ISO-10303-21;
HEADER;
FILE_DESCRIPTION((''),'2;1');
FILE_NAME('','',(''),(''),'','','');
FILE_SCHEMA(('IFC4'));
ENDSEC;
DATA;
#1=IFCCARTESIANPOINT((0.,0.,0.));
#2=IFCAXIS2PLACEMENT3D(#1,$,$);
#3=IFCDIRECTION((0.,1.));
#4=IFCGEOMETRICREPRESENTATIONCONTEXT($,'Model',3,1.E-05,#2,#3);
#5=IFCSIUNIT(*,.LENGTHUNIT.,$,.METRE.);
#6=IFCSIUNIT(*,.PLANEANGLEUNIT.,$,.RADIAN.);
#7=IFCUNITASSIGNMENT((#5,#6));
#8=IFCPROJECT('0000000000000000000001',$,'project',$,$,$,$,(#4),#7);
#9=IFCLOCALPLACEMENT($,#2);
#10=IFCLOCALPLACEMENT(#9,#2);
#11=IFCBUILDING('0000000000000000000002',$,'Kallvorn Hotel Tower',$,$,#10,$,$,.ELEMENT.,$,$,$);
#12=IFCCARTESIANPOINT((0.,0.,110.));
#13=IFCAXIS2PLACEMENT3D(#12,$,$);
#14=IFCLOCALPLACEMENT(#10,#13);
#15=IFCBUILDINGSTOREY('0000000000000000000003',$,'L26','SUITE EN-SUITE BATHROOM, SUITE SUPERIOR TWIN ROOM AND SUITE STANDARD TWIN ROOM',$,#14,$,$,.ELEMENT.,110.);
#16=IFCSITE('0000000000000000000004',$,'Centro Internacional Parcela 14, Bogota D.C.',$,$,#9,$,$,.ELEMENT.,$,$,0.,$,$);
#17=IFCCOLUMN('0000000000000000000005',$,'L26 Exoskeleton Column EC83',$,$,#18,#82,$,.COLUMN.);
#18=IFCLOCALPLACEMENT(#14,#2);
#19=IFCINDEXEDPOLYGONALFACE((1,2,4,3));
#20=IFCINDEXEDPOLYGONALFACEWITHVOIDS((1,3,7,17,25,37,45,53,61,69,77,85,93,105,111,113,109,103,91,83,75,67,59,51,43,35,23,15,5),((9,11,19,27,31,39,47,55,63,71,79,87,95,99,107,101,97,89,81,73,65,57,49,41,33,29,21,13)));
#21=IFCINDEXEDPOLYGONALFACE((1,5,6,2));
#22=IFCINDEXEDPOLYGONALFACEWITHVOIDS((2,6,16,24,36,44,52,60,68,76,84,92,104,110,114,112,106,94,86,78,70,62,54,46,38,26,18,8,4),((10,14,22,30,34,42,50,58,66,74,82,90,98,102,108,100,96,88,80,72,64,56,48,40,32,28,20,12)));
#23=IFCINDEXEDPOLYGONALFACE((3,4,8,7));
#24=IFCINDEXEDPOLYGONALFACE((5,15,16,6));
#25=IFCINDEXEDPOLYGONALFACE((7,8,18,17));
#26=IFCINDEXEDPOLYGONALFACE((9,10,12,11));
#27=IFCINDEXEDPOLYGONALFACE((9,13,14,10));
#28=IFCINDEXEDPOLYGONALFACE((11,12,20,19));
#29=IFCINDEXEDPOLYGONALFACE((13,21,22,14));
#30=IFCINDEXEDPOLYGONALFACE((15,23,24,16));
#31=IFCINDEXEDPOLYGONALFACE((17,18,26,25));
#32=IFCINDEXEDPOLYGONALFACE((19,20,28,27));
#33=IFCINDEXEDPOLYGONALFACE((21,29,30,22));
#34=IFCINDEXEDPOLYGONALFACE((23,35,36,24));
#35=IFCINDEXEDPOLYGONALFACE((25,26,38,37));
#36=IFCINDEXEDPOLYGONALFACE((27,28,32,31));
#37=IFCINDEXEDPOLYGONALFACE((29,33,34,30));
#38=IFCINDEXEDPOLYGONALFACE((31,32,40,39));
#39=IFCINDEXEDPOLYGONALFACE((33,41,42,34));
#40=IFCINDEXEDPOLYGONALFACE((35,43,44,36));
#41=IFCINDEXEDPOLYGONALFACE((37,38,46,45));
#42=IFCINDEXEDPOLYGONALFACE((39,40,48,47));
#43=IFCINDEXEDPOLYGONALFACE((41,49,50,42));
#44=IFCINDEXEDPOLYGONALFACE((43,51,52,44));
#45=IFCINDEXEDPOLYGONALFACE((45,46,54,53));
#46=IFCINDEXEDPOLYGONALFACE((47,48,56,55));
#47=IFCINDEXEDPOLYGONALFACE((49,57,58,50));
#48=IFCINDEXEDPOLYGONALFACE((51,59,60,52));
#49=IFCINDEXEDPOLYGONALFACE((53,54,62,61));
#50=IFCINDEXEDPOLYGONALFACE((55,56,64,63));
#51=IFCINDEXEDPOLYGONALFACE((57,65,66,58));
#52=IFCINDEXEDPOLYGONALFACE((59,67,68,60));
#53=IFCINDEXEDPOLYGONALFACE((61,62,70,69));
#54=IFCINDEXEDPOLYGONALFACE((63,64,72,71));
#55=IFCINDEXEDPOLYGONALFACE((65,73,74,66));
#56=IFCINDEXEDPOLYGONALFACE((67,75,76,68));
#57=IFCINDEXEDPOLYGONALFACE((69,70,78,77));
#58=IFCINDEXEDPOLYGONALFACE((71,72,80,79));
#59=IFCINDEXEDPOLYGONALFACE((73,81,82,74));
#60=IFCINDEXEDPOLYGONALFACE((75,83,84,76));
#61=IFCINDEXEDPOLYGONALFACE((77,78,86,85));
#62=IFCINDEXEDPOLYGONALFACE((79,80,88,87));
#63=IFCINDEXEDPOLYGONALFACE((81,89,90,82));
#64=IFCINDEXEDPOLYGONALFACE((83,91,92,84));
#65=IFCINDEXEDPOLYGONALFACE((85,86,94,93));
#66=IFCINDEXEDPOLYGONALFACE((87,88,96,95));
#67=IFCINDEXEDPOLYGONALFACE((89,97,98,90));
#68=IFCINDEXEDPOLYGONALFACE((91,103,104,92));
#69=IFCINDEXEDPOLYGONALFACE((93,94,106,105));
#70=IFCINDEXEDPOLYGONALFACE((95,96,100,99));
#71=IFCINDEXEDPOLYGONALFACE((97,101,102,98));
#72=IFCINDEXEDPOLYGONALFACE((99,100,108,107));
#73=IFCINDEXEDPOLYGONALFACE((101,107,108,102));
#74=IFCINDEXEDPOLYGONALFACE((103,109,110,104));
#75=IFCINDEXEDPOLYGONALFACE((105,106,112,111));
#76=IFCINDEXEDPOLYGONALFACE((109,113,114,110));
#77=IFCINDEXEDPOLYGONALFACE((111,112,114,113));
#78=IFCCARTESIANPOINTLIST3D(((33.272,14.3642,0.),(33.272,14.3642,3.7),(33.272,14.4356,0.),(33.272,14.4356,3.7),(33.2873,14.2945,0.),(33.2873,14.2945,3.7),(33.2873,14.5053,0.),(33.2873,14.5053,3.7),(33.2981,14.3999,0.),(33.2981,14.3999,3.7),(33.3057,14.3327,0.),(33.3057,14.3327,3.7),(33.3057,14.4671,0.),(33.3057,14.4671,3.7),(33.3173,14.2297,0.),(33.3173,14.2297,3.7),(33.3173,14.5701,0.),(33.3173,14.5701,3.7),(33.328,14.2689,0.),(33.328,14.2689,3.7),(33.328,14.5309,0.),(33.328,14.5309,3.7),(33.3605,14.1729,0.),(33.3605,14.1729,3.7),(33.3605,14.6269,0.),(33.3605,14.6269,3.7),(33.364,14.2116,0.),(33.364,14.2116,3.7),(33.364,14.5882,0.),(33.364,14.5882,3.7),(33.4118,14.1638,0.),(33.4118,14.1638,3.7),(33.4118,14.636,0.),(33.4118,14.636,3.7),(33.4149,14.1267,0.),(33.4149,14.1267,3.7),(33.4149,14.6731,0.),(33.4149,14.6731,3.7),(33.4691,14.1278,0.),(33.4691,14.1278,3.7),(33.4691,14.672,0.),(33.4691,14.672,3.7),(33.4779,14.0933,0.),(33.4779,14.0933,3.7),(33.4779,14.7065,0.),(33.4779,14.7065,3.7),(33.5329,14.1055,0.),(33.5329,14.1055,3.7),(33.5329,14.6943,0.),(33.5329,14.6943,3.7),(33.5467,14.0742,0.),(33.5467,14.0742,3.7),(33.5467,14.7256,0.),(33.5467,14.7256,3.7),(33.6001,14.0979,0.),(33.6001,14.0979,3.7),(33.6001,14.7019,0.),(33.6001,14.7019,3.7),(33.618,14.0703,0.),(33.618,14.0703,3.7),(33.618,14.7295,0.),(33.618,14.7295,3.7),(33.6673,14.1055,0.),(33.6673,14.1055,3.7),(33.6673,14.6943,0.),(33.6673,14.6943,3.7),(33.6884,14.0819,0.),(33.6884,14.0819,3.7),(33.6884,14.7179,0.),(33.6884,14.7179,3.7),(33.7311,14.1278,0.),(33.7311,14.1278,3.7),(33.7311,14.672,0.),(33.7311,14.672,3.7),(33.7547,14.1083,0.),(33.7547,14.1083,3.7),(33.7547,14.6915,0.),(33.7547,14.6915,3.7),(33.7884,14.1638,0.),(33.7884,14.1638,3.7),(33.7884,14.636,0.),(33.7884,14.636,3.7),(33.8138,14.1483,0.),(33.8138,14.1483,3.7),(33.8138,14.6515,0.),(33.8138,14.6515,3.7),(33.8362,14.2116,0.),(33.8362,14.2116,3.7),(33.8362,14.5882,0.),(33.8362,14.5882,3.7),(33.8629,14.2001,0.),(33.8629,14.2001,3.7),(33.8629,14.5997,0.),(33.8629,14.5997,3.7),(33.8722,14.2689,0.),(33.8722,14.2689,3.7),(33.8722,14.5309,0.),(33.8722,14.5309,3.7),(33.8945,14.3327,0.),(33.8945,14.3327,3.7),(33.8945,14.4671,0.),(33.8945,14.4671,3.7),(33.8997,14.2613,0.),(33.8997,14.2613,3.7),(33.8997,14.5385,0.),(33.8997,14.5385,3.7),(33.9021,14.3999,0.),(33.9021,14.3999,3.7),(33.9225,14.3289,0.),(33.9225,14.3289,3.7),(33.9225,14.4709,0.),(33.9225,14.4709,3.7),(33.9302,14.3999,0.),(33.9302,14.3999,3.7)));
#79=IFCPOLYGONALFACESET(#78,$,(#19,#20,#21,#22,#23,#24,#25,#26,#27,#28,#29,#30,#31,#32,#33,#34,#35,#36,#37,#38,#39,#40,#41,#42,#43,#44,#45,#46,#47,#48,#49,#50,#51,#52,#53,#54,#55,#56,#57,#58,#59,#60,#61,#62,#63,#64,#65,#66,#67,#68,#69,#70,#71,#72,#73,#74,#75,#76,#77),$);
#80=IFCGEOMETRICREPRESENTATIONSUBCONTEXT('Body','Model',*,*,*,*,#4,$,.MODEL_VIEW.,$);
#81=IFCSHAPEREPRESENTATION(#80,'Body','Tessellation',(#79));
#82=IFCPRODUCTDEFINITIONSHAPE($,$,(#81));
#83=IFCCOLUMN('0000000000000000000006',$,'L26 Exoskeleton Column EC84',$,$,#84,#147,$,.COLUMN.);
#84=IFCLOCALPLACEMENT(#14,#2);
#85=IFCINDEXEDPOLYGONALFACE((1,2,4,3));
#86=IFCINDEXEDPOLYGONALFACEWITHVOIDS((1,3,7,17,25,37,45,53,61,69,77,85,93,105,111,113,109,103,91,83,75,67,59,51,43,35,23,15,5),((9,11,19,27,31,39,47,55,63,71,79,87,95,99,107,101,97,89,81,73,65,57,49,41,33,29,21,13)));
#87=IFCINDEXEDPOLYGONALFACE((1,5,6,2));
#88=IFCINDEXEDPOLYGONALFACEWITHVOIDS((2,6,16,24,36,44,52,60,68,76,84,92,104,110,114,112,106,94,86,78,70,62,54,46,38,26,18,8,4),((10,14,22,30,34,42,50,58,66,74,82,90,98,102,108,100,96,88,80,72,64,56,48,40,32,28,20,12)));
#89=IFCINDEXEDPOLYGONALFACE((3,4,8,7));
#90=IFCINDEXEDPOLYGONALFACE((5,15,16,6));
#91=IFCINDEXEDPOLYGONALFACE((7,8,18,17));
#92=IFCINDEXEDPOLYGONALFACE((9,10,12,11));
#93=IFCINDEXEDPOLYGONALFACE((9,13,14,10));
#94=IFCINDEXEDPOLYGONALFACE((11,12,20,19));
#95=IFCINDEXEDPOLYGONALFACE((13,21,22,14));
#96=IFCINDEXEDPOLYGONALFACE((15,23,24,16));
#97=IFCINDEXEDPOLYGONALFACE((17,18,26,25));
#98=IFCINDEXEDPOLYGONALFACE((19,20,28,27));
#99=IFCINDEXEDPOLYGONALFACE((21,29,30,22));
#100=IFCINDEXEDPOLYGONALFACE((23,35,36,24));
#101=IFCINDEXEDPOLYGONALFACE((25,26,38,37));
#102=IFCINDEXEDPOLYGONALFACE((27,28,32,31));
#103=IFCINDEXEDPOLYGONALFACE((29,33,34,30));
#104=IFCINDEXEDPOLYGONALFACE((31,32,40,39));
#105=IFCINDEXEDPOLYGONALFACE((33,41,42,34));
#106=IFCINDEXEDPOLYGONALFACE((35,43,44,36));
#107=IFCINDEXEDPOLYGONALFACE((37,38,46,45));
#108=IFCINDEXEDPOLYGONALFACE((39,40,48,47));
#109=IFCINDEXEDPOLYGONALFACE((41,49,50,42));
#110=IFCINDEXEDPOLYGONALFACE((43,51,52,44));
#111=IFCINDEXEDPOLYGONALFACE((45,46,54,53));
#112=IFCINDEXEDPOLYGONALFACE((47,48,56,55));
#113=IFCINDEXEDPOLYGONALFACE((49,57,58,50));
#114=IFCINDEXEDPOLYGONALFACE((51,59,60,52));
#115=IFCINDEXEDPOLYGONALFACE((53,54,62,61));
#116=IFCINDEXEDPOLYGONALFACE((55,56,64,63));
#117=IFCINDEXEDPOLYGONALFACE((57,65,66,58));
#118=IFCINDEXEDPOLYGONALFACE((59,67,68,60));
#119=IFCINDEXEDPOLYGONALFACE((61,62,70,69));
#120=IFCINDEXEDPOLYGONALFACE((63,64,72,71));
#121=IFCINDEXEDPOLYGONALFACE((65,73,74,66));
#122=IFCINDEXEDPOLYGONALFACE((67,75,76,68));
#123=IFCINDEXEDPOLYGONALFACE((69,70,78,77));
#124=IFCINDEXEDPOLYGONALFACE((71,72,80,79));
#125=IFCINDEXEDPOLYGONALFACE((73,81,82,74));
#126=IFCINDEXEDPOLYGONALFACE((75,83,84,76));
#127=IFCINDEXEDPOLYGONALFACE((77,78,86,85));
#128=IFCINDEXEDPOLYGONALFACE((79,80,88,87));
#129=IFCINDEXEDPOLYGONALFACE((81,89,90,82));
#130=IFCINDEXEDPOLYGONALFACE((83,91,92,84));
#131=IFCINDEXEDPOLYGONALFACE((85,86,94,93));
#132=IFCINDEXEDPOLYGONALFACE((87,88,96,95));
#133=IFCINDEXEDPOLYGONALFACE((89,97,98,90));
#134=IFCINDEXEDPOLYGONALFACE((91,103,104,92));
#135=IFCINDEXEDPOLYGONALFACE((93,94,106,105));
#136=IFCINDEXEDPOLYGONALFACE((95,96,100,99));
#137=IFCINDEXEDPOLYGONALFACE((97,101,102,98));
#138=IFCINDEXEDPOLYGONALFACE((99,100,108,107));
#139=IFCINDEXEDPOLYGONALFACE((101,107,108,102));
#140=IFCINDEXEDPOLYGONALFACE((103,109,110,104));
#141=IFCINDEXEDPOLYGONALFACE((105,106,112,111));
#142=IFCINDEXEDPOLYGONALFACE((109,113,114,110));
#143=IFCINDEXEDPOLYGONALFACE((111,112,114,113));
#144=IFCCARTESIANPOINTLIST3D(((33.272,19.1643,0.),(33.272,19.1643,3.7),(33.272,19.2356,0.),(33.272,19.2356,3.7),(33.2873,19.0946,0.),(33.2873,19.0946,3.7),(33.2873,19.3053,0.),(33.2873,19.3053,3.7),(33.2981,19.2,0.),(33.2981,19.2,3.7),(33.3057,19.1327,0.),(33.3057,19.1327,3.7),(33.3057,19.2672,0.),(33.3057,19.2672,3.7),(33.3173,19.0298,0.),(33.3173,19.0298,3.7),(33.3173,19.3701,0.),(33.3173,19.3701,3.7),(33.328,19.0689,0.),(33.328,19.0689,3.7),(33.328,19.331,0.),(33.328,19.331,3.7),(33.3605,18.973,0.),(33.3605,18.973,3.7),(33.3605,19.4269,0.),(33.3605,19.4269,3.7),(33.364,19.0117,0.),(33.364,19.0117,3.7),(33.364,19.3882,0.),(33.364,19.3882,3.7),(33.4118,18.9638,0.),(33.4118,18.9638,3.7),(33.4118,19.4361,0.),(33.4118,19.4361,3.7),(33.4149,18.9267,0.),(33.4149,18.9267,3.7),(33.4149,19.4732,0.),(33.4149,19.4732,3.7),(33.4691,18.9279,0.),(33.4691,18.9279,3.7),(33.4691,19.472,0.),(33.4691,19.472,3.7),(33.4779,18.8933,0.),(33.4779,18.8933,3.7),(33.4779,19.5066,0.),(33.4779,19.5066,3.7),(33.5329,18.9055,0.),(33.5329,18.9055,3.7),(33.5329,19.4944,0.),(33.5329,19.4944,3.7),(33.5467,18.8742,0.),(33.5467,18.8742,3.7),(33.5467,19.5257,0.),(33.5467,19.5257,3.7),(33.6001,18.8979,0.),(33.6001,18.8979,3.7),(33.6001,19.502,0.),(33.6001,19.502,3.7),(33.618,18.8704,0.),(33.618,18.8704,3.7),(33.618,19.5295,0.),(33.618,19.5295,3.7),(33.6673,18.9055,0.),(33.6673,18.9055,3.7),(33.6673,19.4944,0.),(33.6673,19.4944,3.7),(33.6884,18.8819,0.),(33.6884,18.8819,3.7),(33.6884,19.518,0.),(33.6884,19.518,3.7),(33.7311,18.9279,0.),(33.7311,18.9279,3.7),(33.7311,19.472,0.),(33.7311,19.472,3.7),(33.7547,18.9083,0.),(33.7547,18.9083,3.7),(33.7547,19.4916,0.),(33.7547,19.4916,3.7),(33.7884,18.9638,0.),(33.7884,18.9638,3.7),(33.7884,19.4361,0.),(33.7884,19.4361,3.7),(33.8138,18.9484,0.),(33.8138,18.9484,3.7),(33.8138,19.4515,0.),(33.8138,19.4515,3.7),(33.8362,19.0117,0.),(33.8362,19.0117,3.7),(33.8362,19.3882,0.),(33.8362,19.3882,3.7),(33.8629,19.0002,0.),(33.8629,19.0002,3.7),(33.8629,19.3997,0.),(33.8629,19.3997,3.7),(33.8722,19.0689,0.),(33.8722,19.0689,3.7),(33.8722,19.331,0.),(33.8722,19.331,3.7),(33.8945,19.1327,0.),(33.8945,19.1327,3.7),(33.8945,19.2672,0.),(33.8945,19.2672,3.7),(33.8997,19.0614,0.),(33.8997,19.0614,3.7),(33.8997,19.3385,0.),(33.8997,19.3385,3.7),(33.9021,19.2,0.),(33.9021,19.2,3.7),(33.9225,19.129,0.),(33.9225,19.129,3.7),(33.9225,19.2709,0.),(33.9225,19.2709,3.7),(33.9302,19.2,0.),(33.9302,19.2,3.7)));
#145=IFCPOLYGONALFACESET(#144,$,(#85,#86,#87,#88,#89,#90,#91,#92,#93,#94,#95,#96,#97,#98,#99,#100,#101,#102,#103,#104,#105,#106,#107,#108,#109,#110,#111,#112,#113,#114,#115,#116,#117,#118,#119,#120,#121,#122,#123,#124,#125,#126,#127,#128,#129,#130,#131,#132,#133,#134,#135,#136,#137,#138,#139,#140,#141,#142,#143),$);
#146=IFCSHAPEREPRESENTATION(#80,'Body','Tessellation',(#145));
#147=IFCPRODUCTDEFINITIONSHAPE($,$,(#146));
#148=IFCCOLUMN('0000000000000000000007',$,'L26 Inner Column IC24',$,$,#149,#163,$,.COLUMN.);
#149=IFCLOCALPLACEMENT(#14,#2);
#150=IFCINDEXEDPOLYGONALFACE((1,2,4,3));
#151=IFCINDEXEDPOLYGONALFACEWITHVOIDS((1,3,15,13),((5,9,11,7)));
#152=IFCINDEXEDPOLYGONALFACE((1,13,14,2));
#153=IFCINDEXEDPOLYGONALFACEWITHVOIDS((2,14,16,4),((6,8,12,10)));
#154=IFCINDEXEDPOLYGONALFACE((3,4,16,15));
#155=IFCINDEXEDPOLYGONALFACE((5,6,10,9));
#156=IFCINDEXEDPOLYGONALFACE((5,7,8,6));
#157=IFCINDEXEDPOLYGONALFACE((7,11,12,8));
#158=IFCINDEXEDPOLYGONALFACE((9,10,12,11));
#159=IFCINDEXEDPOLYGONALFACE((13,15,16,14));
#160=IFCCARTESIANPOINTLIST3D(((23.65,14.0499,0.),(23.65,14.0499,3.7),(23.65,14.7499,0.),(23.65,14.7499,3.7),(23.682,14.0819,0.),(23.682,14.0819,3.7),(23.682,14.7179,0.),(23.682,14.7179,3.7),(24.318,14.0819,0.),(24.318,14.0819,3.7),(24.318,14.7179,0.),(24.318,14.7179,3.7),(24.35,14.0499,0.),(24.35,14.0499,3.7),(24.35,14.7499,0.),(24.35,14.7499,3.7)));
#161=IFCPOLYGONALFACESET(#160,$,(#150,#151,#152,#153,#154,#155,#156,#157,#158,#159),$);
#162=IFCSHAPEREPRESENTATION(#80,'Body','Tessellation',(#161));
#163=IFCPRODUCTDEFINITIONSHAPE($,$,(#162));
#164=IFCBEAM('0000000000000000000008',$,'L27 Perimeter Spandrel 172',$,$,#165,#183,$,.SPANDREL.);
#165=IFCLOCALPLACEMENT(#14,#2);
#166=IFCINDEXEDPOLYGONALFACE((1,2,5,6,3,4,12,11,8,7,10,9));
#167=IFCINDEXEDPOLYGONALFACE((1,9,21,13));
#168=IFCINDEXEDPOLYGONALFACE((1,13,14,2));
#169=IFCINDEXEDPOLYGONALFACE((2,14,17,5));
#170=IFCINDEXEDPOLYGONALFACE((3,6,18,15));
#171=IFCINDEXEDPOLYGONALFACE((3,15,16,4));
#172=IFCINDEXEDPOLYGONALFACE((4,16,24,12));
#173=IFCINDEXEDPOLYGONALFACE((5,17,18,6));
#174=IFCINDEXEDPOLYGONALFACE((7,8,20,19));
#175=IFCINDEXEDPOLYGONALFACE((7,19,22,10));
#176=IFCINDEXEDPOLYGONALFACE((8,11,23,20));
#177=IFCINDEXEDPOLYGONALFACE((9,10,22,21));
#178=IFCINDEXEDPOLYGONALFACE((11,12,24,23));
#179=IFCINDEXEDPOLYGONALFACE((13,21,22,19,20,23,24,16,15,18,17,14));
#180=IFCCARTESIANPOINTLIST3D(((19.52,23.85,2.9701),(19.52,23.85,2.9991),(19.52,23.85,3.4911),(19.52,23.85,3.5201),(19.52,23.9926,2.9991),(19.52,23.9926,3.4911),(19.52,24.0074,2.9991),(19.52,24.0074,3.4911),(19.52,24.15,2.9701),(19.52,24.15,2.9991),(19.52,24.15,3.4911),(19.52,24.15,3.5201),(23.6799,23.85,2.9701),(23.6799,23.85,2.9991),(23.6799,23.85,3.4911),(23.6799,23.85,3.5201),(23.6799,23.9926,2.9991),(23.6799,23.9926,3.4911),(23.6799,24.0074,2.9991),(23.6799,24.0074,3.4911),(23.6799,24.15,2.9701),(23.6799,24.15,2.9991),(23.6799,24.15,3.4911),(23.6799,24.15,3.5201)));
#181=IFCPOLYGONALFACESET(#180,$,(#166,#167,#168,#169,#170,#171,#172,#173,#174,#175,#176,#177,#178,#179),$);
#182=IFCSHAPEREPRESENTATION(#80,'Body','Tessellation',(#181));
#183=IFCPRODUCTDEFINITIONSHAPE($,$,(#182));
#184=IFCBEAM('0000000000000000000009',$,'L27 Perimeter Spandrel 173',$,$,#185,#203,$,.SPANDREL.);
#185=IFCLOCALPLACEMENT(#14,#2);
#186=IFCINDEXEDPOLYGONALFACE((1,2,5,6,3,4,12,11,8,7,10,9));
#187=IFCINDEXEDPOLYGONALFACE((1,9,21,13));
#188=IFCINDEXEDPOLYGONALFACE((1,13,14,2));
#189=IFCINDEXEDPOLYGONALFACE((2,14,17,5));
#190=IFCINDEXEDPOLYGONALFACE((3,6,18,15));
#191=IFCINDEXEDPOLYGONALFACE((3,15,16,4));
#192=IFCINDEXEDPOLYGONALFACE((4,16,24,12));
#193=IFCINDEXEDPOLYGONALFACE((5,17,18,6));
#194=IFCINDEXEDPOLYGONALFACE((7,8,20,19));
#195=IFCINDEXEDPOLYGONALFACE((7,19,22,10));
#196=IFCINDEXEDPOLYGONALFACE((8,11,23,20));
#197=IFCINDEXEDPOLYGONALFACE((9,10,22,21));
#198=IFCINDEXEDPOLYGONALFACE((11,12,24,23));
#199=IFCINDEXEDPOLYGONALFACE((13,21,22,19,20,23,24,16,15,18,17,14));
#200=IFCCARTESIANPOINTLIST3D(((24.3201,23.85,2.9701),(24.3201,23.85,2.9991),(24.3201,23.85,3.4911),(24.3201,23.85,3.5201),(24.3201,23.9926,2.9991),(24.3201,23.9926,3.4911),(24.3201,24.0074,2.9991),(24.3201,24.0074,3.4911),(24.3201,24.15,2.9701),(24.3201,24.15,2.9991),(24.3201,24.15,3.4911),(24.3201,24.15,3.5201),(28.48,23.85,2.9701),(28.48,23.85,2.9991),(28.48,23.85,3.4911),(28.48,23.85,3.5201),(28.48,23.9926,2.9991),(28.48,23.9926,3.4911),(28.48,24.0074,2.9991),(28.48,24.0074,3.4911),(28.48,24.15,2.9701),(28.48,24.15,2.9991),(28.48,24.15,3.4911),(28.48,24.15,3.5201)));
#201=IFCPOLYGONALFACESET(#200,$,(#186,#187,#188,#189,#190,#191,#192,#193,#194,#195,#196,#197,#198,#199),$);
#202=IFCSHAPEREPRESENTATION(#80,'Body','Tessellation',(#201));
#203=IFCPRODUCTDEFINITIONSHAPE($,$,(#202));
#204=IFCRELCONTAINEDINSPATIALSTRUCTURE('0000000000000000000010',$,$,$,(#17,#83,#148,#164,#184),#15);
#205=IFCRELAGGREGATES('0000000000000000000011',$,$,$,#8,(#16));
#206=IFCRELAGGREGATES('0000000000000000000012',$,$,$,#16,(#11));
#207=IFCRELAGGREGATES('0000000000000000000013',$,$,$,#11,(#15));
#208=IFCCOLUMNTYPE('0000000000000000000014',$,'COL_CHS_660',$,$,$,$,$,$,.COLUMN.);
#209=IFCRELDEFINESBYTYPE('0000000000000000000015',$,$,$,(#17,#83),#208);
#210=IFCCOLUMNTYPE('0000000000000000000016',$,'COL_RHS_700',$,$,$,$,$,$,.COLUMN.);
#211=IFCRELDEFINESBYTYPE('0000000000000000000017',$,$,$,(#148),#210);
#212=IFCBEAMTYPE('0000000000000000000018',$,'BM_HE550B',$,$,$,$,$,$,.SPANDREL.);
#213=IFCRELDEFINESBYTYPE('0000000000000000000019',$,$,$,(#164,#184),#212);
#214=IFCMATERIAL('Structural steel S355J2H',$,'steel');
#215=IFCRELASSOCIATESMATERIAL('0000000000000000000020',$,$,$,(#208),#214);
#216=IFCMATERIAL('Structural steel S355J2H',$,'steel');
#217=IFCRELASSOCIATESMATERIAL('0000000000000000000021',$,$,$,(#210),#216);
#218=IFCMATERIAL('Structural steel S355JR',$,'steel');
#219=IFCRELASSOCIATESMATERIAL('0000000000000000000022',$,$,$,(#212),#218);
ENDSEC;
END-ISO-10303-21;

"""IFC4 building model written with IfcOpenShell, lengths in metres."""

from ifc_helpers import new_model, si_unit, direction, frame, origin, origin_2d, place, context, subcontext, project, spatial, hollow_rectangle, hollow_circle, i_section, extrude, material, material_profile, profile_set, type_object, element, save


model = new_model("IFC4")

# Units and contexts
model_context = context("Model", 3, precision=1e-05, world=origin(), true_north=direction((0.0, 1.0)))
body_context = subcontext(model_context, "Body", "Model", "MODEL_VIEW")
ifc_project = project(units=[si_unit("LENGTHUNIT", "METRE"), si_unit("PLANEANGLEUNIT", "RADIAN")], contexts=[model_context])

# Site, building, storey
site_placement = place(None, origin())
site = spatial("IfcSite", under=ifc_project, at=site_placement, Name="Centro Internacional Parcela 14, Bogota D.C.", CompositionType="ELEMENT", RefElevation=0.0)
building_placement = place(site_placement, origin())
building = spatial("IfcBuilding", under=site, at=building_placement, Name="Kallvorn Hotel Tower", CompositionType="ELEMENT")
storey_placement = place(building_placement, frame((0.0, 0.0, 110.0)))
storey = spatial("IfcBuildingStorey", under=building, at=storey_placement, Name="L26", Description="SUITE EN-SUITE BATHROOM, SUITE SUPERIOR TWIN ROOM AND SUITE STANDARD TWIN ROOM", CompositionType="ELEMENT", Elevation=110.0)

# Columns
ifc_material_1 = material(Name="Structural steel S355J2H", Category="steel")
ifc_material_profile_1 = material_profile(ifc_material_1, hollow_circle(Radius=0.3301, WallThickness=0.0281, at=origin_2d()), Name="CHS 660x28")
ifc_profile_set_1 = profile_set([ifc_material_profile_1], Name="Structural steel S355J2H")
column_type_1 = type_object("IfcColumnType", Name="COL_CHS_660", PredefinedType="COLUMN", material=ifc_profile_set_1)
for number, where, z_axis, x_axis, name in (
    (1, (33.6001, 14.3999, 0.0), (0.0, 0.0, 1.0), (1.0, 0.0, 0.0), "L26 Exoskeleton Column EC83"),
    (2, (33.6001, 19.2, 0.0), (0.0, 0.0, 1.0), (1.0, 0.0, 0.0), "L26 Exoskeleton Column EC84"),
):
    element("IfcColumn", number, at=place(storey_placement, frame(where, z_axis=z_axis, x_axis=x_axis)), inside=storey, type_object=column_type_1, Name=name, PredefinedType="COLUMN", context=body_context, shape_type="SweptSolid", body=[
        extrude(hollow_circle(Radius=0.3301, WallThickness=0.0281, at=origin_2d()), origin(), (0.0, 0.0, 1.0), 3.7),
    ])
ifc_material_2 = material(Name="Structural steel S355J2H", Category="steel")
ifc_material_profile_2 = material_profile(ifc_material_2, hollow_rectangle(XDim=0.7, YDim=0.7, WallThickness=0.032, at=origin_2d()), Name="RHS 700x700x32")
ifc_profile_set_2 = profile_set([ifc_material_profile_2], Name="Structural steel S355J2H")
column_type_2 = type_object("IfcColumnType", Name="COL_RHS_700", PredefinedType="COLUMN", material=ifc_profile_set_2)
column_placement = place(storey_placement, frame((24.0, 14.3999, 0.0), z_axis=(0.0, 0.0, 1.0), x_axis=(1.0, 0.0, 0.0)))
element("IfcColumn", 3, at=column_placement, inside=storey, type_object=column_type_2, Name="L26 Inner Column IC24", PredefinedType="COLUMN", context=body_context, shape_type="SweptSolid", body=[
    extrude(hollow_rectangle(XDim=0.7, YDim=0.7, WallThickness=0.032, at=origin_2d()), origin(), (0.0, 0.0, 1.0), 3.7),
])

# Beams
ifc_material_3 = material(Name="Structural steel S355JR", Category="steel")
ifc_material_profile_3 = material_profile(ifc_material_3, i_section(OverallWidth=0.3, OverallDepth=0.55, WebThickness=0.0149, FlangeThickness=0.0291, at=origin_2d()), Name="HE 550 B")
ifc_profile_set_3 = profile_set([ifc_material_profile_3], Name="Structural steel S355JR")
beam_type_1 = type_object("IfcBeamType", Name="BM_HE550B", PredefinedType="SPANDREL", material=ifc_profile_set_3)
for number, where, z_axis, x_axis, name in (
    (4, (19.52, 24.0, 3.2451), (1.0, 0.0, 0.0), (0.0, 1.0, 0.0), "L27 Perimeter Spandrel 172"),
    (5, (24.3201, 24.0, 3.2451), (1.0, 0.0, 0.0), (0.0, 1.0, 0.0), "L27 Perimeter Spandrel 173"),
):
    element("IfcBeam", number, at=place(storey_placement, frame(where, z_axis=z_axis, x_axis=x_axis)), inside=storey, type_object=beam_type_1, Name=name, PredefinedType="SPANDREL", context=body_context, shape_type="SweptSolid", body=[
        extrude(i_section(OverallWidth=0.3, OverallDepth=0.55, WebThickness=0.0149, FlangeThickness=0.0291, at=origin_2d()), origin(), (0.0, 0.0, 1.0), 4.1599),
    ])

save(model, "model.ifc")
